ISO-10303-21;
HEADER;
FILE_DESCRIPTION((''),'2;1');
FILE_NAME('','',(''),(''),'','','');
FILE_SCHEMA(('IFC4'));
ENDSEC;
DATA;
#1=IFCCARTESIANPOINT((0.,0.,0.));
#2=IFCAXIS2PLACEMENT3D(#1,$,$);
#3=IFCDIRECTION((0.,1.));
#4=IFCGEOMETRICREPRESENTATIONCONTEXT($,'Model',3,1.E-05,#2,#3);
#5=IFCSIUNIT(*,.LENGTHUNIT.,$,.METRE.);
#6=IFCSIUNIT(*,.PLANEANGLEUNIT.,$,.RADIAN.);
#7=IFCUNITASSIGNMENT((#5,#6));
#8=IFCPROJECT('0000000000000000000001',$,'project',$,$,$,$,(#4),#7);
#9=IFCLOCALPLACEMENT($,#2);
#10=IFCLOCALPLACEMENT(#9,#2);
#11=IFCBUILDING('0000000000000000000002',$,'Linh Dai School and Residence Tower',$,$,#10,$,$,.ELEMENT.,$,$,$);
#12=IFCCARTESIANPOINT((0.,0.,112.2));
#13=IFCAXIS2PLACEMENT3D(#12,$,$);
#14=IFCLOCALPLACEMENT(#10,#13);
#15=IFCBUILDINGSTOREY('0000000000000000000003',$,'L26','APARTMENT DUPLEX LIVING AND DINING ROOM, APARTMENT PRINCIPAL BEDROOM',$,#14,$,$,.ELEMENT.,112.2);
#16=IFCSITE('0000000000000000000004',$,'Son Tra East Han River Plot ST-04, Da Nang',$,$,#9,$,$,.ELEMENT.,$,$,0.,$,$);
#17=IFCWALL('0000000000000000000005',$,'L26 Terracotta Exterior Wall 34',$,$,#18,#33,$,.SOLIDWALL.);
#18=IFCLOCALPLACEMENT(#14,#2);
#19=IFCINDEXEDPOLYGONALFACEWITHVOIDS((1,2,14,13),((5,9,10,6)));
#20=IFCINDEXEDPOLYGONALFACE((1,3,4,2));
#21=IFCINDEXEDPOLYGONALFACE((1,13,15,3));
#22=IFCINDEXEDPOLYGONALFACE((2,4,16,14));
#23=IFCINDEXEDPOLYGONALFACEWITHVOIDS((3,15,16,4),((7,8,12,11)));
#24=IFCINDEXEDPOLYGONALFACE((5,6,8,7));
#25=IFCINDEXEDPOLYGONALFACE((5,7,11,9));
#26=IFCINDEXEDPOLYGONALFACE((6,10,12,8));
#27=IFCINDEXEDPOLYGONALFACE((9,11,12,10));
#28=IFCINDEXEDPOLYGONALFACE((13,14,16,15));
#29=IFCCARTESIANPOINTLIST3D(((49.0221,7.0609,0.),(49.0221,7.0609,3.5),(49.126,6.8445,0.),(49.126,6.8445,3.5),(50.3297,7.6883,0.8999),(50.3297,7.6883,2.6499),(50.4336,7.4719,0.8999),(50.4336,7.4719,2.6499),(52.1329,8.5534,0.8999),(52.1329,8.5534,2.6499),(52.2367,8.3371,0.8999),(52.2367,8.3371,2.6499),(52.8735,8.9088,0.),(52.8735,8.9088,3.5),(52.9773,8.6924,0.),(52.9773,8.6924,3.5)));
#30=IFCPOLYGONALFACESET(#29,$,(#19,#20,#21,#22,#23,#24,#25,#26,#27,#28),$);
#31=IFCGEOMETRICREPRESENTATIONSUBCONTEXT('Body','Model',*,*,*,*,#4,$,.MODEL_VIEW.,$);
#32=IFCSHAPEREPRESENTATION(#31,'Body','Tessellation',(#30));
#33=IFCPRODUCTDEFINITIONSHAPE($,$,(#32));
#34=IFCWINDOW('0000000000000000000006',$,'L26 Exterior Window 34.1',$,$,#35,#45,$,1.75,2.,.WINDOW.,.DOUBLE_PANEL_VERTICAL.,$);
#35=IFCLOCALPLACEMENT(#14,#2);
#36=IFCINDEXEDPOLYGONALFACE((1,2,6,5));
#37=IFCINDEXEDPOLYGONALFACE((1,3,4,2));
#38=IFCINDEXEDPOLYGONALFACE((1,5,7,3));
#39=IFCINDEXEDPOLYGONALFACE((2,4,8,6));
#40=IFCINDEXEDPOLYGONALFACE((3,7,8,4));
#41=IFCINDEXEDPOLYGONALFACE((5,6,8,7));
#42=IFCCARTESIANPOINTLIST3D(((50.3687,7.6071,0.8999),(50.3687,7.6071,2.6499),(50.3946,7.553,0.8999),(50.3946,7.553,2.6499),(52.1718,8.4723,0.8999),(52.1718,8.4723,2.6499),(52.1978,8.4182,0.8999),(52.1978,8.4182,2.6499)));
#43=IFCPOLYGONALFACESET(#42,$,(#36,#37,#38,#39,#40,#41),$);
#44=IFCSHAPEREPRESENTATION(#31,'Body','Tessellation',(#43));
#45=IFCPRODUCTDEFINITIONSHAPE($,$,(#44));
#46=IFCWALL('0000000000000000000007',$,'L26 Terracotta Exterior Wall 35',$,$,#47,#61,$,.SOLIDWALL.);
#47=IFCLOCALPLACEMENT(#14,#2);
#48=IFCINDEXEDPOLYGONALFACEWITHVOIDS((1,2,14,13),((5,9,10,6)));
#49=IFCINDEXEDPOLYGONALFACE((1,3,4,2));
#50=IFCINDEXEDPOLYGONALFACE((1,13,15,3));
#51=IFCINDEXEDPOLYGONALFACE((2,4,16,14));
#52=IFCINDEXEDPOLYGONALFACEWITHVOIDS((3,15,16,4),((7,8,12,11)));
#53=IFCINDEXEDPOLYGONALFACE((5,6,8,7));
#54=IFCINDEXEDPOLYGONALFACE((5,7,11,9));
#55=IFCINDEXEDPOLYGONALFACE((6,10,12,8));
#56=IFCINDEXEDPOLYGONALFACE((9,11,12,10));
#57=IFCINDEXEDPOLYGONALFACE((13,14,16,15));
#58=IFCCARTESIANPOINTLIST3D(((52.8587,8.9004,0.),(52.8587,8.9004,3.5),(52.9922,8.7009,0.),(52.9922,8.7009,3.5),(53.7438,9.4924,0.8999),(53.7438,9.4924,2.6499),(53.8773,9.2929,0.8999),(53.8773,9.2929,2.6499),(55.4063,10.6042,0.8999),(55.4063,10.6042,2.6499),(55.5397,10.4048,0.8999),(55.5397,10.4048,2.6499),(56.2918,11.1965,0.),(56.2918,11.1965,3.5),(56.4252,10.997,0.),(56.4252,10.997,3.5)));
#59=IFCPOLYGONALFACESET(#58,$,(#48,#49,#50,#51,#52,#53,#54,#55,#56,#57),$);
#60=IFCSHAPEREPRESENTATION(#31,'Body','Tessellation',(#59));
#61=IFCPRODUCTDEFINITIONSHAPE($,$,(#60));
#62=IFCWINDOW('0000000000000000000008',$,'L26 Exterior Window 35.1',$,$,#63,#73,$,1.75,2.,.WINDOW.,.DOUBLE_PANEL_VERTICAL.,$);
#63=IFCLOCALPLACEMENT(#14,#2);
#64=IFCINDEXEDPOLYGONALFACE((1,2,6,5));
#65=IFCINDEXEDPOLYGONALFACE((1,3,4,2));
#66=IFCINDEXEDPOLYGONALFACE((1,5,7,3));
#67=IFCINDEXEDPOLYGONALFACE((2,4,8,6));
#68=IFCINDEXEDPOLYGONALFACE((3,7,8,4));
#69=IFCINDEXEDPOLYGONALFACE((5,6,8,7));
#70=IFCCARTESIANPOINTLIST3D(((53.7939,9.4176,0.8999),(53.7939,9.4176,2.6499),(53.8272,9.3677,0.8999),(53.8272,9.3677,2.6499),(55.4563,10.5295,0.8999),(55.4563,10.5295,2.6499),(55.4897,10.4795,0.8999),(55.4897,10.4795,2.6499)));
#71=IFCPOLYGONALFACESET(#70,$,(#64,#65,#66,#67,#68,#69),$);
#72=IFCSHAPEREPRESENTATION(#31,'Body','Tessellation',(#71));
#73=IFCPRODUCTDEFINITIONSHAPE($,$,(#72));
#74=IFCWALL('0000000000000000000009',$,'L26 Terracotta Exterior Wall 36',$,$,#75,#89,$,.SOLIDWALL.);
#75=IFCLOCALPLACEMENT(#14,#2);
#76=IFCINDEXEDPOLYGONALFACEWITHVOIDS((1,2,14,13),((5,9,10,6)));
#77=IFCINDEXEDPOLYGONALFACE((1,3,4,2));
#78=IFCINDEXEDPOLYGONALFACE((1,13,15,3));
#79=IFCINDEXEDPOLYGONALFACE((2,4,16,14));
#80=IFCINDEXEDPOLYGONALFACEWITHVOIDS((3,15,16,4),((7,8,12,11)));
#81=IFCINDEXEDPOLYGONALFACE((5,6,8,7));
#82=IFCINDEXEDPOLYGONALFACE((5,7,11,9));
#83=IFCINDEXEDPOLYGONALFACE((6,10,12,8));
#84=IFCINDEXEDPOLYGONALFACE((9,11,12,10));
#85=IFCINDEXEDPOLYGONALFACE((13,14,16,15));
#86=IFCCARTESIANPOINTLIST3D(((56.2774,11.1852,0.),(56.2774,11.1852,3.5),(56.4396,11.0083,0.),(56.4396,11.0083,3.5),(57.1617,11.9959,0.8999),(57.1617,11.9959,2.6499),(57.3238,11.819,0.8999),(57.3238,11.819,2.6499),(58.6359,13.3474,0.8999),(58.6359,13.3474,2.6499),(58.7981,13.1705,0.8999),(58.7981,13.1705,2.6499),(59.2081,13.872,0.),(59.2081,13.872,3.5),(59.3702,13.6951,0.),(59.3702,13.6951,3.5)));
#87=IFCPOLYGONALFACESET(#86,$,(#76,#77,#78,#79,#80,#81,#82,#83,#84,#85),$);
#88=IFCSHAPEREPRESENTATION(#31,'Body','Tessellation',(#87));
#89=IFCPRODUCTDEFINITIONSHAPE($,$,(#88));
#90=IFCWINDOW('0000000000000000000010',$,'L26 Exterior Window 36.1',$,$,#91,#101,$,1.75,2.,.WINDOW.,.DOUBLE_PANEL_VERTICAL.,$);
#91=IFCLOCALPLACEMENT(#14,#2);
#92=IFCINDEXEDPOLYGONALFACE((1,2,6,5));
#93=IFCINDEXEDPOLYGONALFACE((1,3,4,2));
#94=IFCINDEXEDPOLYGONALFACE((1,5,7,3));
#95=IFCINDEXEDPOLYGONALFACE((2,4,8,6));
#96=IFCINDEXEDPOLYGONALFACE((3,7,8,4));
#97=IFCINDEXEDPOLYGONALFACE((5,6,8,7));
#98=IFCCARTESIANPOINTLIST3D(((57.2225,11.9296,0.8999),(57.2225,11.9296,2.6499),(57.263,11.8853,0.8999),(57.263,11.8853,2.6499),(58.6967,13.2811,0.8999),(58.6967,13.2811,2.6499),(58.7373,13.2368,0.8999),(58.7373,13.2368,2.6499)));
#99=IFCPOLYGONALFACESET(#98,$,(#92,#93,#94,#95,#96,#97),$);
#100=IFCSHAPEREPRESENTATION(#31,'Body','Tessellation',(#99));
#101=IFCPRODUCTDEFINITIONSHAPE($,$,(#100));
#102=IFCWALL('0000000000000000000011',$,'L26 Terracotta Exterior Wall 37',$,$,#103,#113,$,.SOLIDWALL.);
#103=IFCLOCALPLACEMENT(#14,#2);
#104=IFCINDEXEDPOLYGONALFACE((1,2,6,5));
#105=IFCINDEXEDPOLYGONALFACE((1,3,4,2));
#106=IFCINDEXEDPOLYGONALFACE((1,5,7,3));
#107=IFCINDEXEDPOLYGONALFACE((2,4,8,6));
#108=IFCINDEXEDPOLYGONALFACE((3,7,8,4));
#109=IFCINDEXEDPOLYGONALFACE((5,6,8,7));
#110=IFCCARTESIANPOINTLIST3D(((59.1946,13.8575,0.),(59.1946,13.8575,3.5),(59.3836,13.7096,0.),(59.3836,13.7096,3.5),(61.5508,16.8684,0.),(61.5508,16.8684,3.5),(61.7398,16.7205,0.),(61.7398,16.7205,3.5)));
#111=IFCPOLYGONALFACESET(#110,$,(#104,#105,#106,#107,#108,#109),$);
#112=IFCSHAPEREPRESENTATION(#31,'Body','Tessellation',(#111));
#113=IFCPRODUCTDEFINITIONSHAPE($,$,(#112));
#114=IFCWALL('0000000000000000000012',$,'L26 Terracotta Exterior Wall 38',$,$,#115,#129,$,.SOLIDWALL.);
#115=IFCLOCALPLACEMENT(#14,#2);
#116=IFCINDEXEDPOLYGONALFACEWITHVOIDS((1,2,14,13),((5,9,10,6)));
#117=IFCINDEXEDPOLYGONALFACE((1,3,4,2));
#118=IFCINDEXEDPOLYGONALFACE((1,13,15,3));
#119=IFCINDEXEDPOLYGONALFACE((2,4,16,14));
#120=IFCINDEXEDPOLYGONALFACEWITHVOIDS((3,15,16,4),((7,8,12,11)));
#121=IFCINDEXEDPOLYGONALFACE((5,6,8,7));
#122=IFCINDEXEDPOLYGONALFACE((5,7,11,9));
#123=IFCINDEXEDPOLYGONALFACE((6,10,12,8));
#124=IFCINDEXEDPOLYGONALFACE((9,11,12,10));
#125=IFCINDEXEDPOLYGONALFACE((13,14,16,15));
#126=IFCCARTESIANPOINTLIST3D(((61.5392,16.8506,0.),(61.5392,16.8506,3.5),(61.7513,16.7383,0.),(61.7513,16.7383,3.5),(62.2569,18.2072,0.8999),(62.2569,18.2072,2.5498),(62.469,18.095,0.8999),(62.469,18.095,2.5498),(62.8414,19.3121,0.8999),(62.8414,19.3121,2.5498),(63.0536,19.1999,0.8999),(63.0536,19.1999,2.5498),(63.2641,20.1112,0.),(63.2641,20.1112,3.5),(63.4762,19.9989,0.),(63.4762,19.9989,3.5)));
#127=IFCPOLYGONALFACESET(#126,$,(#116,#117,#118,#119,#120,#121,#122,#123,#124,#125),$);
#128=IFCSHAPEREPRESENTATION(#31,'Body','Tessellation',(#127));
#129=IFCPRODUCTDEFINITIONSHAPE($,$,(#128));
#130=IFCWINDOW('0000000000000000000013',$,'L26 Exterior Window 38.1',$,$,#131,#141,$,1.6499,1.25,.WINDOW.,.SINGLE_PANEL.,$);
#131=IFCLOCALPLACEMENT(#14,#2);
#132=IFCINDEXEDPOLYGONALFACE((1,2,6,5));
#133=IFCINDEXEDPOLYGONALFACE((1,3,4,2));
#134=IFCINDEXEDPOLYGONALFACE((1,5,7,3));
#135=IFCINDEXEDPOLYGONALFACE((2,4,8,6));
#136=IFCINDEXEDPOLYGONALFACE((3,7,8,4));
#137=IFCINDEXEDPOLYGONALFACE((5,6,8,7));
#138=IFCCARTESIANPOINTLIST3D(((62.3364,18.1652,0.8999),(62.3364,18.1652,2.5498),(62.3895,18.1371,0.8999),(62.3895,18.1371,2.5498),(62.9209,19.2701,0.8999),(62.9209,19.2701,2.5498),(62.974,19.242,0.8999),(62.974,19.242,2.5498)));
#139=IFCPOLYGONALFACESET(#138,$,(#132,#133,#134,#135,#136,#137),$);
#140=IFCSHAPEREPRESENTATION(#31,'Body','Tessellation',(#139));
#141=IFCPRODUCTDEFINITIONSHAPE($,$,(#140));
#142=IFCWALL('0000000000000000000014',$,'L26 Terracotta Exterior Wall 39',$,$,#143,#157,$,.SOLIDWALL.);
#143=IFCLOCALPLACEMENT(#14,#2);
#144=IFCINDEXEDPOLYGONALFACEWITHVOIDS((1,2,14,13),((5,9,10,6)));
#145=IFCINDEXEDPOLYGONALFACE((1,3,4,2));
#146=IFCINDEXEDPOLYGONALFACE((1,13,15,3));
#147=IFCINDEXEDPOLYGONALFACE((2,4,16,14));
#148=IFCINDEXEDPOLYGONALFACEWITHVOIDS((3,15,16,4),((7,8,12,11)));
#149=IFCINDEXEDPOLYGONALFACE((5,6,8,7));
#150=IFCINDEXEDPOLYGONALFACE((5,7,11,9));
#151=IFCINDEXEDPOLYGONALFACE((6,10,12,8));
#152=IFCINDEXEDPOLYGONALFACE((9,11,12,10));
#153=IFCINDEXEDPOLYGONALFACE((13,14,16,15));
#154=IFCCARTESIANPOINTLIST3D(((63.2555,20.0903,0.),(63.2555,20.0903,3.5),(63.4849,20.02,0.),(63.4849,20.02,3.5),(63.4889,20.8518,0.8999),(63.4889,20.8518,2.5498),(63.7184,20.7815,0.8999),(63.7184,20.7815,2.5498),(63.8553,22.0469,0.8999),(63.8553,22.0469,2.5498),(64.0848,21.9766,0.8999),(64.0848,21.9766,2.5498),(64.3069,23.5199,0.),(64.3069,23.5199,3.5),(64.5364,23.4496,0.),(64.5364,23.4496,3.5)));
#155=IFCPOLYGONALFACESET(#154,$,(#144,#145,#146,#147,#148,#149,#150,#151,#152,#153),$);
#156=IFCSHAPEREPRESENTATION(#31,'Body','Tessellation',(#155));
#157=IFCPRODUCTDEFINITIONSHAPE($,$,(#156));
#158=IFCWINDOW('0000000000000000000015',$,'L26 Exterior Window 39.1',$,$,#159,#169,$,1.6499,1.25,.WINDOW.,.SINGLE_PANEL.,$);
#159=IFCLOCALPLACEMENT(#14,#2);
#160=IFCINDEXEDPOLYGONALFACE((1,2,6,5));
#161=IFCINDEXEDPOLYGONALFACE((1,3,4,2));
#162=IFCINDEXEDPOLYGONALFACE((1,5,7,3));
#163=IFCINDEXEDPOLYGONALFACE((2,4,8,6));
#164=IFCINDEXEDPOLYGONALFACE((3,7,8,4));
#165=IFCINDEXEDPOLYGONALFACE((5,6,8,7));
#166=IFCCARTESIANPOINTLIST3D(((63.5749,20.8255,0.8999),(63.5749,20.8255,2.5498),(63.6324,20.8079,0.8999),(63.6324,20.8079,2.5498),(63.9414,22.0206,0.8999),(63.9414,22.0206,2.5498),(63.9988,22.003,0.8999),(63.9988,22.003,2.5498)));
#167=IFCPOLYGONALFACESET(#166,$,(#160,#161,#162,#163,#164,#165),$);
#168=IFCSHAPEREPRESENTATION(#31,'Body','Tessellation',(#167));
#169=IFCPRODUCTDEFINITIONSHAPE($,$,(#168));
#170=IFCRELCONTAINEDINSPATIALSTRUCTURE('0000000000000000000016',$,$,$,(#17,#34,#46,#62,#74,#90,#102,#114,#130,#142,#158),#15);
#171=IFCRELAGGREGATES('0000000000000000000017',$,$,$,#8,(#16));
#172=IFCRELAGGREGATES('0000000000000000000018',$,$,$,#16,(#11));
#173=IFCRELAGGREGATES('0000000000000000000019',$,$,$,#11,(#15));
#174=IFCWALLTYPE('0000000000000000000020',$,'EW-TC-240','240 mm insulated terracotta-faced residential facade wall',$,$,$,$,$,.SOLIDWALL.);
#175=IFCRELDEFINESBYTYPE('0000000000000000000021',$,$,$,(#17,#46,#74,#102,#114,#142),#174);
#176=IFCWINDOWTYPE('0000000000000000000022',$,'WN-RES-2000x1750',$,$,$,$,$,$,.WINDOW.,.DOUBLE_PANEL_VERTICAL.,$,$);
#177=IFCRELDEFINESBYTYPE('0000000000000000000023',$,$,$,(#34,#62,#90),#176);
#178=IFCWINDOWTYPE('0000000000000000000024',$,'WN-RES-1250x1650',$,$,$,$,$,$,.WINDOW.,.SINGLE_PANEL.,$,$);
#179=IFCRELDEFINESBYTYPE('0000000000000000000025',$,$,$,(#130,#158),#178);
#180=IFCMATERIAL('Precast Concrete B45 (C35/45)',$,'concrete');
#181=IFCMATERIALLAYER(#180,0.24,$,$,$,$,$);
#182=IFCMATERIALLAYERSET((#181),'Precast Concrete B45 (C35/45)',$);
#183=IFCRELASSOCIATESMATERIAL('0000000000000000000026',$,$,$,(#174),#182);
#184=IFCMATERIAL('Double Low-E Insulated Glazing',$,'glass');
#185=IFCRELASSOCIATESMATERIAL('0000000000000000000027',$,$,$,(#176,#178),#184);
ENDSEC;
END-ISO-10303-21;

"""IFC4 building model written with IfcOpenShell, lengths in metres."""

from ifc_helpers import new_model, si_unit, direction, frame, frame_2d, origin, origin_2d, place, context, subcontext, project, spatial, rectangle, extrude, source, transform, mapped, material, layer, layer_set, type_object, element, fill, save


model = new_model("IFC4")

# Units and contexts
model_context = context("Model", 3, precision=1e-05, world=origin(), true_north=direction((0.0, 1.0)))
body_context = subcontext(model_context, "Body", "Model", "MODEL_VIEW")
ifc_project = project(units=[si_unit("LENGTHUNIT", "METRE"), si_unit("PLANEANGLEUNIT", "RADIAN")], contexts=[model_context])

# Site, building, storey
site_placement = place(None, origin())
site = spatial("IfcSite", under=ifc_project, at=site_placement, Name="Son Tra East Han River Plot ST-04, Da Nang", CompositionType="ELEMENT", RefElevation=0.0)
building_placement = place(site_placement, origin())
building = spatial("IfcBuilding", under=site, at=building_placement, Name="Linh Dai School and Residence Tower", CompositionType="ELEMENT")
storey_placement = place(building_placement, frame((0.0, 0.0, 112.2)))
storey = spatial("IfcBuildingStorey", under=building, at=storey_placement, Name="L26", Description="APARTMENT DUPLEX LIVING AND DINING ROOM, APARTMENT PRINCIPAL BEDROOM", CompositionType="ELEMENT", Elevation=112.2)

# Shared definitions
ifc_material_1 = material(Name="Precast Concrete B45 (C35/45)", Category="concrete")

# Walls, openings, windows
ifc_layer_1 = layer(ifc_material_1, 0.24)
ifc_layer_set_1 = layer_set([ifc_layer_1], Name="Precast Concrete B45 (C35/45)")
wall_type_1 = type_object("IfcWallType", Name="EW-TC-240", Description="240 mm insulated terracotta-faced residential facade wall", PredefinedType="SOLIDWALL", material=ifc_layer_set_1)
wall_1_placement = place(storey_placement, frame((52.9253, 8.8005, 0.0), z_axis=(0.0, 0.0, 1.0), x_axis=(-0.90159, -0.432592, 0.0)))
wall_1 = element("IfcWall", 1, at=wall_1_placement, inside=storey, type_object=wall_type_1, Name="L26 Terracotta Exterior Wall 34", PredefinedType="SOLIDWALL", context=body_context, shape_type="SweptSolid", body=[
    extrude(rectangle(XDim=4.2717, YDim=0.24, at=frame_2d((2.1357, 0.0))), origin(), (0.0, 0.0, 1.0), 3.5),
])
opening_1_placement = place(wall_1_placement, frame((0.8213, 0.0, 0.8999)))
opening_1 = element("IfcOpeningElement", 2, at=opening_1_placement, cuts=wall_1, PredefinedType="OPENING", context=body_context, shape_type="SweptSolid", body=[
    extrude(rectangle(XDim=2.0, YDim=1.75, at=origin_2d()), frame((1.0, 0.1299, 0.875), z_axis=(0.0, -1.0, 0.0), x_axis=(1.0, 0.0, 0.0)), (0.0, 0.0, 1.0), 0.26),
])
ifc_material_2 = material(Name="Double Low-E Insulated Glazing", Category="glass")
window_type_1 = type_object("IfcWindowType", Name="WN-RES-2000x1750", PartitioningType="DOUBLE_PANEL_VERTICAL", PredefinedType="WINDOW", material=ifc_material_2)
shared_shape_1 = source(origin(), body_context, "Body", "SweptSolid", [
    extrude(rectangle(XDim=2.0, YDim=1.75, at=origin_2d()), frame((1.0, 0.03, 0.875), z_axis=(0.0, -1.0, 0.0), x_axis=(1.0, 0.0, 0.0)), (0.0, 0.0, 1.0), 0.0601),
])
window_1_placement = place(opening_1_placement, origin())
window_1 = element("IfcWindow", 3, at=window_1_placement, inside=storey, type_object=window_type_1, Name="L26 Exterior Window 34.1", OverallHeight=1.75, OverallWidth=2.0, PartitioningType="DOUBLE_PANEL_VERTICAL", PredefinedType="WINDOW", context=body_context, shape_type="MappedRepresentation", body=[
    mapped(shared_shape_1, transform((0.0, 0.0, 0.0), x_axis=(1.0, 0.0, 0.0), y_axis=(0.0, 1.0, 0.0), z_axis=(0.0, 0.0, 1.0), scale=1.0)),
])
fill(opening_1, window_1)
wall_2_placement = place(storey_placement, frame((56.3584, 11.0967, 0.0), z_axis=(0.0, 0.0, 1.0), x_axis=(-0.831222, -0.555941, 0.0)))
wall_2 = element("IfcWall", 4, at=wall_2_placement, inside=storey, type_object=wall_type_1, Name="L26 Terracotta Exterior Wall 35", PredefinedType="SOLIDWALL", context=body_context, shape_type="SweptSolid", body=[
    extrude(rectangle(XDim=4.1301, YDim=0.24, at=frame_2d((2.0649, 0.0))), origin(), (0.0, 0.0, 1.0), 3.5),
])
opening_2_placement = place(wall_2_placement, frame((1.0652, 0.0, 0.8999)))
opening_2 = element("IfcOpeningElement", 5, at=opening_2_placement, cuts=wall_2, PredefinedType="OPENING", context=body_context, shape_type="SweptSolid", body=[
    extrude(rectangle(XDim=2.0, YDim=1.75, at=origin_2d()), frame((1.0, 0.1299, 0.875), z_axis=(0.0, -1.0, 0.0), x_axis=(1.0, 0.0, 0.0)), (0.0, 0.0, 1.0), 0.26),
])
window_2_placement = place(opening_2_placement, origin())
window_2 = element("IfcWindow", 6, at=window_2_placement, inside=storey, type_object=window_type_1, Name="L26 Exterior Window 35.1", OverallHeight=1.75, OverallWidth=2.0, PartitioningType="DOUBLE_PANEL_VERTICAL", PredefinedType="WINDOW", context=body_context, shape_type="MappedRepresentation", body=[
    mapped(shared_shape_1, transform((0.0, 0.0, 0.0), x_axis=(1.0, 0.0, 0.0), y_axis=(0.0, 1.0, 0.0), z_axis=(0.0, 0.0, 1.0), scale=1.0)),
])
fill(opening_2, window_2)
wall_3_placement = place(storey_placement, frame((59.2891, 13.7834, 0.0), z_axis=(0.0, 0.0, 1.0), x_axis=(-0.737113, -0.675769, 0.0)))
wall_3 = element("IfcWall", 7, at=wall_3_placement, inside=storey, type_object=wall_type_1, Name="L26 Terracotta Exterior Wall 36", PredefinedType="SOLIDWALL", context=body_context, shape_type="SweptSolid", body=[
    extrude(rectangle(XDim=3.9758, YDim=0.24, at=frame_2d((1.9878, 0.0))), origin(), (0.0, 0.0, 1.0), 3.5),
])
opening_3_placement = place(wall_3_placement, frame((0.7761, 0.0, 0.8999)))
opening_3 = element("IfcOpeningElement", 8, at=opening_3_placement, cuts=wall_3, PredefinedType="OPENING", context=body_context, shape_type="SweptSolid", body=[
    extrude(rectangle(XDim=2.0, YDim=1.75, at=origin_2d()), frame((1.0, 0.1299, 0.875), z_axis=(0.0, -1.0, 0.0), x_axis=(1.0, 0.0, 0.0)), (0.0, 0.0, 1.0), 0.26),
])
window_3_placement = place(opening_3_placement, origin())
window_3 = element("IfcWindow", 9, at=window_3_placement, inside=storey, type_object=window_type_1, Name="L26 Exterior Window 36.1", OverallHeight=1.75, OverallWidth=2.0, PartitioningType="DOUBLE_PANEL_VERTICAL", PredefinedType="WINDOW", context=body_context, shape_type="MappedRepresentation", body=[
    mapped(shared_shape_1, transform((0.0, 0.0, 0.0), x_axis=(1.0, 0.0, 0.0), y_axis=(0.0, 1.0, 0.0), z_axis=(0.0, 0.0, 1.0), scale=1.0)),
])
fill(opening_3, window_3)

# Wall
wall_4_placement = place(storey_placement, frame((61.6453, 16.7944, 0.0), z_axis=(0.0, 0.0, 1.0), x_axis=(-0.616272, -0.787533, 0.0)))
element("IfcWall", 10, at=wall_4_placement, inside=storey, type_object=wall_type_1, Name="L26 Terracotta Exterior Wall 37", PredefinedType="SOLIDWALL", context=body_context, shape_type="SweptSolid", body=[
    extrude(rectangle(XDim=3.8232, YDim=0.24, at=frame_2d((1.9116, 0.0))), origin(), (0.0, 0.0, 1.0), 3.5),
])

# Walls, openings, windows
wall_5_placement = place(storey_placement, frame((63.3701, 20.0549, 0.0), z_axis=(0.0, 0.0, 1.0), x_axis=(-0.467614, -0.883933, 0.0)))
wall_5 = element("IfcWall", 11, at=wall_5_placement, inside=storey, type_object=wall_type_1, Name="L26 Terracotta Exterior Wall 38", PredefinedType="SOLIDWALL", context=body_context, shape_type="SweptSolid", body=[
    extrude(rectangle(XDim=3.6887, YDim=0.24, at=frame_2d((1.8442, 0.0))), origin(), (0.0, 0.0, 1.0), 3.5),
])
opening_4_placement = place(wall_5_placement, frame((0.9038, 0.0, 0.8999)))
opening_4 = element("IfcOpeningElement", 12, at=opening_4_placement, cuts=wall_5, PredefinedType="OPENING", context=body_context, shape_type="SweptSolid", body=[
    extrude(rectangle(XDim=1.25, YDim=1.6499, at=origin_2d()), frame((0.625, 0.1299, 0.825), z_axis=(0.0, -1.0, 0.0), x_axis=(1.0, 0.0, 0.0)), (0.0, 0.0, 1.0), 0.26),
])
window_type_2 = type_object("IfcWindowType", Name="WN-RES-1250x1650", PartitioningType="SINGLE_PANEL", PredefinedType="WINDOW", material=ifc_material_2)
shared_shape_2 = source(origin(), body_context, "Body", "SweptSolid", [
    extrude(rectangle(XDim=1.25, YDim=1.6499, at=origin_2d()), frame((0.625, 0.03, 0.825), z_axis=(0.0, -1.0, 0.0), x_axis=(1.0, 0.0, 0.0)), (0.0, 0.0, 1.0), 0.0601),
])
window_4_placement = place(opening_4_placement, origin())
window_4 = element("IfcWindow", 13, at=window_4_placement, inside=storey, type_object=window_type_2, Name="L26 Exterior Window 38.1", OverallHeight=1.6499, OverallWidth=1.25, PartitioningType="SINGLE_PANEL", PredefinedType="WINDOW", context=body_context, shape_type="MappedRepresentation", body=[
    mapped(shared_shape_2, transform((0.0, 0.0, 0.0), x_axis=(1.0, 0.0, 0.0), y_axis=(0.0, 1.0, 0.0), z_axis=(0.0, 0.0, 1.0), scale=1.0)),
])
fill(opening_4, window_4)
wall_6_placement = place(storey_placement, frame((64.4216, 23.4846, 0.0), z_axis=(0.0, 0.0, 1.0), x_axis=(-0.293124, -0.956074, 0.0)))
wall_6 = element("IfcWall", 14, at=wall_6_placement, inside=storey, type_object=wall_type_1, Name="L26 Terracotta Exterior Wall 39", PredefinedType="SOLIDWALL", context=body_context, shape_type="SweptSolid", body=[
    extrude(rectangle(XDim=3.5872, YDim=0.24, at=frame_2d((1.7935, 0.0))), origin(), (0.0, 0.0, 1.0), 3.5),
])
opening_5_placement = place(wall_6_placement, frame((1.5405, 0.0, 0.8999)))
opening_5 = element("IfcOpeningElement", 15, at=opening_5_placement, cuts=wall_6, PredefinedType="OPENING", context=body_context, shape_type="SweptSolid", body=[
    extrude(rectangle(XDim=1.25, YDim=1.6499, at=origin_2d()), frame((0.625, 0.1299, 0.825), z_axis=(0.0, -1.0, 0.0), x_axis=(1.0, 0.0, 0.0)), (0.0, 0.0, 1.0), 0.26),
])
window_5_placement = place(opening_5_placement, origin())
window_5 = element("IfcWindow", 16, at=window_5_placement, inside=storey, type_object=window_type_2, Name="L26 Exterior Window 39.1", OverallHeight=1.6499, OverallWidth=1.25, PartitioningType="SINGLE_PANEL", PredefinedType="WINDOW", context=body_context, shape_type="MappedRepresentation", body=[
    mapped(shared_shape_2, transform((0.0, 0.0, 0.0), x_axis=(1.0, 0.0, 0.0), y_axis=(0.0, 1.0, 0.0), z_axis=(0.0, 0.0, 1.0), scale=1.0)),
])
fill(opening_5, window_5)

save(model, "model.ifc")
